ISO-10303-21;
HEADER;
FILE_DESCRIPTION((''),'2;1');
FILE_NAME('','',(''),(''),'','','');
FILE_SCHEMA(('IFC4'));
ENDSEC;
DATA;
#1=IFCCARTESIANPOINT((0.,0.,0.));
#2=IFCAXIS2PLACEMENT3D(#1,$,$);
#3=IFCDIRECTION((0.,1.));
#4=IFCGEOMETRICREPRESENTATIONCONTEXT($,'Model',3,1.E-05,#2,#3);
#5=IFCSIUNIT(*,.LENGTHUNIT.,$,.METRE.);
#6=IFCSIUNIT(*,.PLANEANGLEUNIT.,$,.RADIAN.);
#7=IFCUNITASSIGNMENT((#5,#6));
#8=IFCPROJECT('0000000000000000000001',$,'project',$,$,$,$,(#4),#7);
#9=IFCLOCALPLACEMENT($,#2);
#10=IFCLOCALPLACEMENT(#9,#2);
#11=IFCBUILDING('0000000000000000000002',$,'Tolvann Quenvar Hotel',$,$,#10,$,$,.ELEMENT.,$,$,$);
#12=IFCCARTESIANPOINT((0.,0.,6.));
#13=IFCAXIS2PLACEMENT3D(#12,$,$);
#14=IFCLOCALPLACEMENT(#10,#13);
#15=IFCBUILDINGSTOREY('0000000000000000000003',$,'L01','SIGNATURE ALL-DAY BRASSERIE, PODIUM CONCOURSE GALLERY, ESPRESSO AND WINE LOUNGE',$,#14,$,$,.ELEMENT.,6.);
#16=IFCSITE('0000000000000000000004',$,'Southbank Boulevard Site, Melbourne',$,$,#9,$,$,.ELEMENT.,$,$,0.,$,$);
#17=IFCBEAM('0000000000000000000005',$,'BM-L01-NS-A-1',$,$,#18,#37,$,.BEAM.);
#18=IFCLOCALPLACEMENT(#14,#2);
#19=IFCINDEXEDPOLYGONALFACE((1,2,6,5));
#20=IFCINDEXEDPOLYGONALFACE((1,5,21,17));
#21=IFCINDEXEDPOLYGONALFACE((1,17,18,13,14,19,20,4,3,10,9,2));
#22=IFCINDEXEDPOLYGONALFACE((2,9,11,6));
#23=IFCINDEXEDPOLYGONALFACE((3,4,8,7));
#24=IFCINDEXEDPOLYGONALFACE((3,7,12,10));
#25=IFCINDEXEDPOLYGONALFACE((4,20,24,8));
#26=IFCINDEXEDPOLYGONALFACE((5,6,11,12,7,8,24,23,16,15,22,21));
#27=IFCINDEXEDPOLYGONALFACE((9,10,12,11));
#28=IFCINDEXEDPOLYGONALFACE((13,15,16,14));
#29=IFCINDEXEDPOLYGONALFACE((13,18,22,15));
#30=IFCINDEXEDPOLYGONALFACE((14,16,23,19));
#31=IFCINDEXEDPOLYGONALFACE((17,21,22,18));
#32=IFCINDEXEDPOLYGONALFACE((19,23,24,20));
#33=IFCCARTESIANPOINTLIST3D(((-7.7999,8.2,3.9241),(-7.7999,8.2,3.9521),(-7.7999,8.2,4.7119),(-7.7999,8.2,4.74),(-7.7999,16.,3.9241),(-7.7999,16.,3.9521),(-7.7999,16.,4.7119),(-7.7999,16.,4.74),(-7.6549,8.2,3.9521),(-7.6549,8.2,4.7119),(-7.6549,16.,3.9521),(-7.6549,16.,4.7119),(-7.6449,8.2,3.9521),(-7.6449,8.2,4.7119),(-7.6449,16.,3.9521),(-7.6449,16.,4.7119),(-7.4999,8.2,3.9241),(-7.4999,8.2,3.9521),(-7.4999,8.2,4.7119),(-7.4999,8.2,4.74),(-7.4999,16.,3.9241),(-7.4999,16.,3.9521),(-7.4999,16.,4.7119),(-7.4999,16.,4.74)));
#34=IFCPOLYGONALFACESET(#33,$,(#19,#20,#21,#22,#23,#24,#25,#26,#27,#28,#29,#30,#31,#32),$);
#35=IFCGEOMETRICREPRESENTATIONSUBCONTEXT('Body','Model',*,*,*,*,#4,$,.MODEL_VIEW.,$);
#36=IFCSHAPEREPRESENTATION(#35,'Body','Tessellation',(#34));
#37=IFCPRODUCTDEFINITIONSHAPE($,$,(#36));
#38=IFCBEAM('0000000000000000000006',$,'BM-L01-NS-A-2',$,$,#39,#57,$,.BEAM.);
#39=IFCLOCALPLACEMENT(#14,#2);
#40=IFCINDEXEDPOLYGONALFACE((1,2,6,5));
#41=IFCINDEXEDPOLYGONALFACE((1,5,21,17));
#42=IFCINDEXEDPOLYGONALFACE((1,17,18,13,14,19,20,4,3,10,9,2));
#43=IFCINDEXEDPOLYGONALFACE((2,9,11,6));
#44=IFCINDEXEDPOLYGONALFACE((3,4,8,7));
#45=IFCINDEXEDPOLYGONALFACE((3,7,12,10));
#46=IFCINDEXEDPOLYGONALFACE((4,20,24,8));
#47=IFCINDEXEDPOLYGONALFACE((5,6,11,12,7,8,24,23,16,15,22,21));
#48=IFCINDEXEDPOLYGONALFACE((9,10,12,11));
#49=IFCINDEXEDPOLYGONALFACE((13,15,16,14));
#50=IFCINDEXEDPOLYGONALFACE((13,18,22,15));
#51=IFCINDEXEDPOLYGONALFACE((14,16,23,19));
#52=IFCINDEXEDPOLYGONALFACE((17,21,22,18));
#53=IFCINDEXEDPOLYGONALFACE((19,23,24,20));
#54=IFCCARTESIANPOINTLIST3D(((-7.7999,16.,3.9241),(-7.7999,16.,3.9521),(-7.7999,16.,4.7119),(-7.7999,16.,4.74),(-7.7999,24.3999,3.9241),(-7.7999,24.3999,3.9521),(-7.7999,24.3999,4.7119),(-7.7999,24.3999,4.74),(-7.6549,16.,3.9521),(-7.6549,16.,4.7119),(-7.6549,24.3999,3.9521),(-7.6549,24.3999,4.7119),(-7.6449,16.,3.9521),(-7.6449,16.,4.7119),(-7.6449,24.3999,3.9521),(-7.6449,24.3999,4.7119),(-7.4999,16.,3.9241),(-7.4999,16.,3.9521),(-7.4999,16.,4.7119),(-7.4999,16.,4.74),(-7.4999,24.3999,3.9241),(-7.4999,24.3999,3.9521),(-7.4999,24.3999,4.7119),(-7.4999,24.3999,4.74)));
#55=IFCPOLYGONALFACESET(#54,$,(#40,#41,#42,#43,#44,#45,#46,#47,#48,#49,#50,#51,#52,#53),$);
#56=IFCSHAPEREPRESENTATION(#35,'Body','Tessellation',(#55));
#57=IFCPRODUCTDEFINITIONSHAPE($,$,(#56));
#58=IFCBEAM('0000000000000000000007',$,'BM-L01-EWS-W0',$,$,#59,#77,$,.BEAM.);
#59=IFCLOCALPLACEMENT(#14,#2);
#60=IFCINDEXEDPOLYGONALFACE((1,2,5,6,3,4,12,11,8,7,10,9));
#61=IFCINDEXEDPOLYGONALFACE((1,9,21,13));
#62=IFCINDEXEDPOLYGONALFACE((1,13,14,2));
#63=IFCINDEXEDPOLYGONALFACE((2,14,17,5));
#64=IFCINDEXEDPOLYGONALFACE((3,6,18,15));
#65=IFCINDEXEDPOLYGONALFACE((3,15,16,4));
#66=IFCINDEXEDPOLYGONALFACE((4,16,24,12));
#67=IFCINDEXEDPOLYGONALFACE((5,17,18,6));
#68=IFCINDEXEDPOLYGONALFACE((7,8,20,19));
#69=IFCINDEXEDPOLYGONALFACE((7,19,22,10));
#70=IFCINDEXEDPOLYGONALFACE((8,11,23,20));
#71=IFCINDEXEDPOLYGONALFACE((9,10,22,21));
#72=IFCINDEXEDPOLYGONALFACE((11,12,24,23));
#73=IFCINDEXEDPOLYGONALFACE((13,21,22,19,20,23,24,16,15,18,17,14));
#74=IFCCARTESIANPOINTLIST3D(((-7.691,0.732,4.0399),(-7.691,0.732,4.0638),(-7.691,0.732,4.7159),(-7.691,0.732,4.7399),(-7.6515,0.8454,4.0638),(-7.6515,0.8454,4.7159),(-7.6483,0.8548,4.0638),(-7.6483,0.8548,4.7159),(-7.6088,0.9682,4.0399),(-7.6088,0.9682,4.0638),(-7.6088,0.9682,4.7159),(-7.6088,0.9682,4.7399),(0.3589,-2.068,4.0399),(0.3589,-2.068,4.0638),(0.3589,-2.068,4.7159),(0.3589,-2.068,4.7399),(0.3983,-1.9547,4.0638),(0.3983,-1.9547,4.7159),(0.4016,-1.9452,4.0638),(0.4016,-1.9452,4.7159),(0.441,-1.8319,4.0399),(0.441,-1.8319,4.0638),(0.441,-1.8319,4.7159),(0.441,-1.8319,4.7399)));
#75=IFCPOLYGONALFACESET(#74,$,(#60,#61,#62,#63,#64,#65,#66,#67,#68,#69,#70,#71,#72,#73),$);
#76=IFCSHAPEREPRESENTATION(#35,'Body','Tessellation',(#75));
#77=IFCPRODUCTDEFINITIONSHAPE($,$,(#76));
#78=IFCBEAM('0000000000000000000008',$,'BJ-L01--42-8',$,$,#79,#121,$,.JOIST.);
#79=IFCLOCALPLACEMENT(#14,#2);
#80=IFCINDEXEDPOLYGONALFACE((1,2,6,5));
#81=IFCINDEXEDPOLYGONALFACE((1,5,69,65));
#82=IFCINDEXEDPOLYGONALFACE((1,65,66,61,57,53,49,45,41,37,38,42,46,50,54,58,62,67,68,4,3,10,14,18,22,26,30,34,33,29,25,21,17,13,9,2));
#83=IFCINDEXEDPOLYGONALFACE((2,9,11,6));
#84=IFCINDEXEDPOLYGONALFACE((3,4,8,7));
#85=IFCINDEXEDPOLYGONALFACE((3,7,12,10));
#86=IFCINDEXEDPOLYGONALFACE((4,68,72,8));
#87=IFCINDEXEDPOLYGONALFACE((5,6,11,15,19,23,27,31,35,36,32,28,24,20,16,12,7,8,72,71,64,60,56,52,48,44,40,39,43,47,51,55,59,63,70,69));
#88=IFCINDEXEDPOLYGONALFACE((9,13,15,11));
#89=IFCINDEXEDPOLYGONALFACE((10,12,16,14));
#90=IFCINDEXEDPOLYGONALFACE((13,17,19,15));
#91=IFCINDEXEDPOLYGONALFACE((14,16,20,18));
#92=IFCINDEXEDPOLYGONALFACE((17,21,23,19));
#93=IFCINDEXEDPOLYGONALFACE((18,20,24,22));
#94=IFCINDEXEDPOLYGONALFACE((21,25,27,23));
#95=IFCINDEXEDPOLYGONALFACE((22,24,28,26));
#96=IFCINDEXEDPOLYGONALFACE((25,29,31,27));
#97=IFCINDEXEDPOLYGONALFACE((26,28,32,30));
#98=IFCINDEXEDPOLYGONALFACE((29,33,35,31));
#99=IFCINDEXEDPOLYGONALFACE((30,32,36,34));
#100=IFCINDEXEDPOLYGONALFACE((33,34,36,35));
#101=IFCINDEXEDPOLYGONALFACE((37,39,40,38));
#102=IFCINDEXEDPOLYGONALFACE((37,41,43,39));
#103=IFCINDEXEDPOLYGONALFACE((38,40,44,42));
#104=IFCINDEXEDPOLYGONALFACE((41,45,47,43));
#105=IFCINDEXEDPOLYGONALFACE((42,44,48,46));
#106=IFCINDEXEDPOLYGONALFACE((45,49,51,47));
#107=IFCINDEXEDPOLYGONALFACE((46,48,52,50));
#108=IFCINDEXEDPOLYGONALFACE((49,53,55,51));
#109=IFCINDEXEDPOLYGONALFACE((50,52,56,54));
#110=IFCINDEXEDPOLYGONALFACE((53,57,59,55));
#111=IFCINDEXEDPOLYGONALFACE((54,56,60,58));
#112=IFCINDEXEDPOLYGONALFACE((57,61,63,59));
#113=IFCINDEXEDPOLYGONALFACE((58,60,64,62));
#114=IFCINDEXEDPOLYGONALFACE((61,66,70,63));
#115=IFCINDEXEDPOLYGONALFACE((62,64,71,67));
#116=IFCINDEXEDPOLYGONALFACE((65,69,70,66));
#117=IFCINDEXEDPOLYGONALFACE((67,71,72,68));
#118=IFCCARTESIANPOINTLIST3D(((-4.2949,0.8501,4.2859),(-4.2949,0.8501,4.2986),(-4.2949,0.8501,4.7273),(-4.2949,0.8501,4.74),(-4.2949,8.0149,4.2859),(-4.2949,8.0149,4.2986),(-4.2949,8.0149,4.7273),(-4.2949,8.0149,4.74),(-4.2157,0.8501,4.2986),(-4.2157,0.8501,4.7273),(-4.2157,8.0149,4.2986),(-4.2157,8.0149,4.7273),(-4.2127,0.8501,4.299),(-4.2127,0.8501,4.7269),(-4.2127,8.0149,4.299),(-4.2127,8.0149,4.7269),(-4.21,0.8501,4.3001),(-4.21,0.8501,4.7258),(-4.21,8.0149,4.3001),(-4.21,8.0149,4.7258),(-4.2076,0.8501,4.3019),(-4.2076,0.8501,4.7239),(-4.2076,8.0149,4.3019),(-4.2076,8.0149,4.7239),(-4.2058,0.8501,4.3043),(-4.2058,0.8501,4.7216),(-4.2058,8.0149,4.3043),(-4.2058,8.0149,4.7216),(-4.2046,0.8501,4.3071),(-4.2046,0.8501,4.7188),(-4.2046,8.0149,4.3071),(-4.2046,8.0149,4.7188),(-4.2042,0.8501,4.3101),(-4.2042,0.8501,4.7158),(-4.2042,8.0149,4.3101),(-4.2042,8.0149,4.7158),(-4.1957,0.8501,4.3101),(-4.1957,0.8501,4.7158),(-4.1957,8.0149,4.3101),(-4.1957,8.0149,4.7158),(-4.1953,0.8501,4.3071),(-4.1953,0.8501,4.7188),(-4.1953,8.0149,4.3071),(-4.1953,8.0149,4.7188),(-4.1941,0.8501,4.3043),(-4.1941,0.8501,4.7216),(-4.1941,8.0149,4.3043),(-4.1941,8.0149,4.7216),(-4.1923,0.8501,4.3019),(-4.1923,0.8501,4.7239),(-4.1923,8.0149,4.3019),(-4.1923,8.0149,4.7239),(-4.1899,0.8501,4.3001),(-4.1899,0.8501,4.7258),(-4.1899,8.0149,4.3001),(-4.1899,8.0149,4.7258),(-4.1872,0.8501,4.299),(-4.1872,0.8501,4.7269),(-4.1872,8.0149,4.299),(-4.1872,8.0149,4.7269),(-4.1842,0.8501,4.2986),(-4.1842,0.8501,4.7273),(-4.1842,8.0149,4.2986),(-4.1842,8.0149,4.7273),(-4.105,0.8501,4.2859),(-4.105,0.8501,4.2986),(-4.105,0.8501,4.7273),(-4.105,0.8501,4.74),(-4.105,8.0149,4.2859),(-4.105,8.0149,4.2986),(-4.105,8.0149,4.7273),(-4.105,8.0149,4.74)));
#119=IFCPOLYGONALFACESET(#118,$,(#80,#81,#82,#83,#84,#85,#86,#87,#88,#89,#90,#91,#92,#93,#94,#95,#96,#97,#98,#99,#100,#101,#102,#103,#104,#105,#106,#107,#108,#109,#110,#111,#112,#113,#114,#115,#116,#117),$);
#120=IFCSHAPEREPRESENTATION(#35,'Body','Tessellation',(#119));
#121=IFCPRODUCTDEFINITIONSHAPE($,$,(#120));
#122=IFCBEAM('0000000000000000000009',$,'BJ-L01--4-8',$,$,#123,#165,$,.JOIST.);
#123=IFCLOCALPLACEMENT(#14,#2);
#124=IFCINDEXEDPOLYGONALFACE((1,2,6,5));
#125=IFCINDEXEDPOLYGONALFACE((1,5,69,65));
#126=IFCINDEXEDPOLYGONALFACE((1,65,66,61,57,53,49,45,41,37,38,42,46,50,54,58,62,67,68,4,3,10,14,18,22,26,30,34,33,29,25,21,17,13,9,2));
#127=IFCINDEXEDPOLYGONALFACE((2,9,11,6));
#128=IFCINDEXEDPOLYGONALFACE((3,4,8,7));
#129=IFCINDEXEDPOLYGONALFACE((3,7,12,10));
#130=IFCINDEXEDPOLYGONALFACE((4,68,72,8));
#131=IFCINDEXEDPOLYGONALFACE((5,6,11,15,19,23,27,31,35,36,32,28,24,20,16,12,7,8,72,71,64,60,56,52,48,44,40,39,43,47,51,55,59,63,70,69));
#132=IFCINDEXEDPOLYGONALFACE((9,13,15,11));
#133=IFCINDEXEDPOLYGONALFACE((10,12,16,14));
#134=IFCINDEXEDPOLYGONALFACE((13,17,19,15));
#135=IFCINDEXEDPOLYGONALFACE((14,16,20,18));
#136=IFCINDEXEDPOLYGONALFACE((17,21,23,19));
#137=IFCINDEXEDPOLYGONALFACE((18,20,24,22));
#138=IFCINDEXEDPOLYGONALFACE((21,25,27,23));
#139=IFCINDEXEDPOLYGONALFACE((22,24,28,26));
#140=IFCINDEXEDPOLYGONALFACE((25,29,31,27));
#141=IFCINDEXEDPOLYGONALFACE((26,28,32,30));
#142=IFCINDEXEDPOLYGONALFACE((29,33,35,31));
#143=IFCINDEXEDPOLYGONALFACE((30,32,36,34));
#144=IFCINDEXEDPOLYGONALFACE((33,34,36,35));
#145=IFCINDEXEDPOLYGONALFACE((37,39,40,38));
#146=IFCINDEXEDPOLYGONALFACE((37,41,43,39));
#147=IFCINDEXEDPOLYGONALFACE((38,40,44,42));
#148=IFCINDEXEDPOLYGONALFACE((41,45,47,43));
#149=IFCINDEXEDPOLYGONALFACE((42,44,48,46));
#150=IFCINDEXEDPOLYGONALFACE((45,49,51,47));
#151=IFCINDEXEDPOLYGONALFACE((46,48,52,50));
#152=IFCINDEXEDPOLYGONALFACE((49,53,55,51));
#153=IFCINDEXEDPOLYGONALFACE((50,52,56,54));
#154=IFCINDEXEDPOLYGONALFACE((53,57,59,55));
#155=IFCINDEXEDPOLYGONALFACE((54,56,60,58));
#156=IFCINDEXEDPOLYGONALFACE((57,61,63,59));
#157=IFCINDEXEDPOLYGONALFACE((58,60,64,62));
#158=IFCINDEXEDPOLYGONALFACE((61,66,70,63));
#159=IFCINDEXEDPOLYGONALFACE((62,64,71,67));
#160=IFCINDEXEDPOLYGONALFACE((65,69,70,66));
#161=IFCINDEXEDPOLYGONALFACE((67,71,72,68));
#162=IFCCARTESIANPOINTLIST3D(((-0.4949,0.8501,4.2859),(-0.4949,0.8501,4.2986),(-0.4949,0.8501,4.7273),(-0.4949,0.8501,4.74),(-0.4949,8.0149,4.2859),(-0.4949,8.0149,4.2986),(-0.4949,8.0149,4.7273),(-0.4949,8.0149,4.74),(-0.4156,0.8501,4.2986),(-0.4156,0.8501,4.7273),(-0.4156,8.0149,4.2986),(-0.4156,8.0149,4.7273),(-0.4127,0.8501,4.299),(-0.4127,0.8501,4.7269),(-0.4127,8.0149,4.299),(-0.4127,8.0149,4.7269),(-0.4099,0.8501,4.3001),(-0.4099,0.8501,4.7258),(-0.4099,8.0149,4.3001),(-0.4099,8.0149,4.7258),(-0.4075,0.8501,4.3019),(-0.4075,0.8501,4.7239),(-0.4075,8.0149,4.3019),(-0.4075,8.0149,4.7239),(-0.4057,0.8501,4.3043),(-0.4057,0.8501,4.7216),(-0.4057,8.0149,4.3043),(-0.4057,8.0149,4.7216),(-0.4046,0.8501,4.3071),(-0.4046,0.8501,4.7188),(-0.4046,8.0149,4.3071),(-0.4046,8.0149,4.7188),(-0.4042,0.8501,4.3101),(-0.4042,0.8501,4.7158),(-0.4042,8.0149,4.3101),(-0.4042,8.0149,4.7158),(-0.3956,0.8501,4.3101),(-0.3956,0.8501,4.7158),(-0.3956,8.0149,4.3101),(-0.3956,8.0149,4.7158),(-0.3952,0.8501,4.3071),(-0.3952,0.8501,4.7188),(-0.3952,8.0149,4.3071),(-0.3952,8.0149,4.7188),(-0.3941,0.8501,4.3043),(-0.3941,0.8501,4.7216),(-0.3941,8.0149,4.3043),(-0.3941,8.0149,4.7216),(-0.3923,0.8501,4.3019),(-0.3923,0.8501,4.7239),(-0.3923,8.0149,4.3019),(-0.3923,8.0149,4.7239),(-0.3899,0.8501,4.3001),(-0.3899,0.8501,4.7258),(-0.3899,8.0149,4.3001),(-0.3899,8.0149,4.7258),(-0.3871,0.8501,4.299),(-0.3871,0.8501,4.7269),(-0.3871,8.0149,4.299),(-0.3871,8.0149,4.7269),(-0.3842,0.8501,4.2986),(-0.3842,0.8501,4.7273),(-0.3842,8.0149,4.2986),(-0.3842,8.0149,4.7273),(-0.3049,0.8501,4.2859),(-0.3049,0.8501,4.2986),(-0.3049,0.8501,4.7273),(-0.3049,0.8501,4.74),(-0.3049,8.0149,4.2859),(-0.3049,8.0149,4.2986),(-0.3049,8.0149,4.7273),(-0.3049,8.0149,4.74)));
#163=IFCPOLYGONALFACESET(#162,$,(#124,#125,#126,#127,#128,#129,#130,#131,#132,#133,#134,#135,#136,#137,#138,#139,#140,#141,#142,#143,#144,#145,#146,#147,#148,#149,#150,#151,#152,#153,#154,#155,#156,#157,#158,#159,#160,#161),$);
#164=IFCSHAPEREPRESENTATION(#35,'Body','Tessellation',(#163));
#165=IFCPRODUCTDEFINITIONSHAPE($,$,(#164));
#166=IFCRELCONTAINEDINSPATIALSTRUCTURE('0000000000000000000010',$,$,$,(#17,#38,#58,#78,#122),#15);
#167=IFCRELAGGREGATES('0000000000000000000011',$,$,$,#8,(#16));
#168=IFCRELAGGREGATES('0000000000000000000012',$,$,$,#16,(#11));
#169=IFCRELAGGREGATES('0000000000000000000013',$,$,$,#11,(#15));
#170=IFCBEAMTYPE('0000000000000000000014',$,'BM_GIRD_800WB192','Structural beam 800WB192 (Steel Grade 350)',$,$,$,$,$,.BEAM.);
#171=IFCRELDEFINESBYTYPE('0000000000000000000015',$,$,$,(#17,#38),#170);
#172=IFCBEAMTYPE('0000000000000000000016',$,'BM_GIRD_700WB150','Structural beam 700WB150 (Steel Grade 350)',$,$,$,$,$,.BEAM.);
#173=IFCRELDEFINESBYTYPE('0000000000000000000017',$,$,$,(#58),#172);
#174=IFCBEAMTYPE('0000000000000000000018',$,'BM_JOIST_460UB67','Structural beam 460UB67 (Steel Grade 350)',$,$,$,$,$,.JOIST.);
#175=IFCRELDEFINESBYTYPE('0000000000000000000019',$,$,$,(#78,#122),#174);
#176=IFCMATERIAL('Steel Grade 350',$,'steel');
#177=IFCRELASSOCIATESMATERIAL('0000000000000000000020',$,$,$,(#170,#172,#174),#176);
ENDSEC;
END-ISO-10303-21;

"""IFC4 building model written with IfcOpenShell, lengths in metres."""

from ifc_helpers import new_model, si_unit, direction, frame, origin, origin_2d, place, context, subcontext, project, spatial, i_section, extrude, source, transform, mapped, material, material_profile, profile_set, type_object, type_shapes, element, save


model = new_model("IFC4")

# Units and contexts
model_context = context("Model", 3, precision=1e-05, world=origin(), true_north=direction((0.0, 1.0)))
body_context = subcontext(model_context, "Body", "Model", "MODEL_VIEW")
ifc_project = project(units=[si_unit("LENGTHUNIT", "METRE"), si_unit("PLANEANGLEUNIT", "RADIAN")], contexts=[model_context])

# Site, building, storey
site_placement = place(None, origin())
site = spatial("IfcSite", under=ifc_project, at=site_placement, Name="Southbank Boulevard Site, Melbourne", CompositionType="ELEMENT", RefElevation=0.0)
building_placement = place(site_placement, origin())
building = spatial("IfcBuilding", under=site, at=building_placement, Name="Tolvann Quenvar Hotel", CompositionType="ELEMENT")
storey_placement = place(building_placement, frame((0.0, 0.0, 6.0)))
storey = spatial("IfcBuildingStorey", under=building, at=storey_placement, Name="L01", Description="SIGNATURE ALL-DAY BRASSERIE, PODIUM CONCOURSE GALLERY, ESPRESSO AND WINE LOUNGE", CompositionType="ELEMENT", Elevation=6.0)

# Beams
ifc_material_1 = material(Name="Steel Grade 350", Category="steel")
ifc_material_profile_1 = material_profile(ifc_material_1, i_section(OverallWidth=0.3, OverallDepth=0.8159, WebThickness=0.01, FlangeThickness=0.0281, at=origin_2d()), Name="800WB192")
ifc_profile_set_1 = profile_set([ifc_material_profile_1], Name="Steel Grade 350")
beam_type_1 = type_object("IfcBeamType", Name="BM_GIRD_800WB192", Description="Structural beam 800WB192 (Steel Grade 350)", PredefinedType="BEAM", material=ifc_profile_set_1)
shared_shape_1 = source(origin(), body_context, "Body", "SweptSolid", [
    extrude(i_section(OverallWidth=0.3, OverallDepth=0.8159, WebThickness=0.01, FlangeThickness=0.0281, at=origin_2d()), origin(), (0.0, 0.0, 1.0), 7.8),
])
beam_1_placement = place(storey_placement, frame((-7.6499, 8.2, 4.332), z_axis=(0.0, 1.0, 0.0), x_axis=(-1.0, 0.0, 0.0)))
element("IfcBeam", 1, at=beam_1_placement, inside=storey, type_object=beam_type_1, Name="BM-L01-NS-A-1", PredefinedType="BEAM", context=body_context, shape_type="MappedRepresentation", body=[
    mapped(shared_shape_1, transform((0.0, 0.0, 0.0), x_axis=(1.0, 0.0, 0.0), y_axis=(0.0, 1.0, 0.0), z_axis=(0.0, 0.0, 1.0), scale=1.0)),
])
shared_shape_2 = source(origin(), body_context, "Body", "SweptSolid", [
    extrude(i_section(OverallWidth=0.3, OverallDepth=0.8159, WebThickness=0.01, FlangeThickness=0.0281, at=origin_2d()), origin(), (0.0, 0.0, 1.0), 8.3999),
])
beam_2_placement = place(storey_placement, frame((-7.6499, 16.0, 4.332), z_axis=(0.0, 1.0, 0.0), x_axis=(-1.0, 0.0, 0.0)))
element("IfcBeam", 2, at=beam_2_placement, inside=storey, type_object=beam_type_1, Name="BM-L01-NS-A-2", PredefinedType="BEAM", context=body_context, shape_type="MappedRepresentation", body=[
    mapped(shared_shape_2, transform((0.0, 0.0, 0.0), x_axis=(1.0, 0.0, 0.0), y_axis=(0.0, 1.0, 0.0), z_axis=(0.0, 0.0, 1.0), scale=1.0)),
])
ifc_material_profile_2 = material_profile(ifc_material_1, i_section(OverallWidth=0.25, OverallDepth=0.7, WebThickness=0.01, FlangeThickness=0.0239, at=origin_2d()), Name="700WB150")
ifc_profile_set_2 = profile_set([ifc_material_profile_2], Name="Steel Grade 350")
beam_type_2 = type_object("IfcBeamType", Name="BM_GIRD_700WB150", Description="Structural beam 700WB150 (Steel Grade 350)", PredefinedType="BEAM", material=ifc_profile_set_2)
shared_shape_3 = source(origin(), body_context, "Body", "SweptSolid", [
    extrude(i_section(OverallWidth=0.25, OverallDepth=0.7, WebThickness=0.01, FlangeThickness=0.0239, at=origin_2d()), origin(), (0.0, 0.0, 1.0), 8.5229),
])
type_shapes(beam_type_2, [shared_shape_3])
beam_3_placement = place(storey_placement, frame((-7.6499, 0.8501, 4.3899), z_axis=(0.944493, -0.328533, 0.0), x_axis=(0.328533, 0.944493, 0.0)))
element("IfcBeam", 3, at=beam_3_placement, inside=storey, type_object=beam_type_2, Name="BM-L01-EWS-W0", PredefinedType="BEAM", context=body_context, shape_type="MappedRepresentation", body=[
    mapped(shared_shape_3, transform((0.0, 0.0, 0.0), x_axis=(1.0, 0.0, 0.0), y_axis=(0.0, 1.0, 0.0), z_axis=(0.0, 0.0, 1.0), scale=1.0)),
])
ifc_material_profile_3 = material_profile(ifc_material_1, i_section(OverallWidth=0.1899, OverallDepth=0.4541, WebThickness=0.0085, FlangeThickness=0.0127, FilletRadius=0.0115, at=origin_2d()), Name="460UB67")
ifc_profile_set_3 = profile_set([ifc_material_profile_3], Name="Steel Grade 350")
beam_type_3 = type_object("IfcBeamType", Name="BM_JOIST_460UB67", Description="Structural beam 460UB67 (Steel Grade 350)", PredefinedType="JOIST", material=ifc_profile_set_3)
shared_shape_4 = source(origin(), body_context, "Body", "SweptSolid", [
    extrude(i_section(OverallWidth=0.1899, OverallDepth=0.4541, WebThickness=0.0085, FlangeThickness=0.0127, FilletRadius=0.0115, at=origin_2d()), origin(), (0.0, 0.0, 1.0), 7.1648),
])
for number, where, z_axis, x_axis, name in (
    (4, (-4.2, 0.8501, 4.5129), (0.0, 1.0, 0.0), (-1.0, 0.0, 0.0), "BJ-L01--42-8"),
    (5, (-0.3999, 0.8501, 4.5129), (0.0, 1.0, 0.0), (-1.0, 0.0, 0.0), "BJ-L01--4-8"),
):
    element("IfcBeam", number, at=place(storey_placement, frame(where, z_axis=z_axis, x_axis=x_axis)), inside=storey, type_object=beam_type_3, Name=name, PredefinedType="JOIST", context=body_context, shape_type="MappedRepresentation", body=[
        mapped(shared_shape_4, transform((0.0, 0.0, 0.0), x_axis=(1.0, 0.0, 0.0), y_axis=(0.0, 1.0, 0.0), z_axis=(0.0, 0.0, 1.0), scale=1.0)),
    ])

save(model, "model.ifc")
